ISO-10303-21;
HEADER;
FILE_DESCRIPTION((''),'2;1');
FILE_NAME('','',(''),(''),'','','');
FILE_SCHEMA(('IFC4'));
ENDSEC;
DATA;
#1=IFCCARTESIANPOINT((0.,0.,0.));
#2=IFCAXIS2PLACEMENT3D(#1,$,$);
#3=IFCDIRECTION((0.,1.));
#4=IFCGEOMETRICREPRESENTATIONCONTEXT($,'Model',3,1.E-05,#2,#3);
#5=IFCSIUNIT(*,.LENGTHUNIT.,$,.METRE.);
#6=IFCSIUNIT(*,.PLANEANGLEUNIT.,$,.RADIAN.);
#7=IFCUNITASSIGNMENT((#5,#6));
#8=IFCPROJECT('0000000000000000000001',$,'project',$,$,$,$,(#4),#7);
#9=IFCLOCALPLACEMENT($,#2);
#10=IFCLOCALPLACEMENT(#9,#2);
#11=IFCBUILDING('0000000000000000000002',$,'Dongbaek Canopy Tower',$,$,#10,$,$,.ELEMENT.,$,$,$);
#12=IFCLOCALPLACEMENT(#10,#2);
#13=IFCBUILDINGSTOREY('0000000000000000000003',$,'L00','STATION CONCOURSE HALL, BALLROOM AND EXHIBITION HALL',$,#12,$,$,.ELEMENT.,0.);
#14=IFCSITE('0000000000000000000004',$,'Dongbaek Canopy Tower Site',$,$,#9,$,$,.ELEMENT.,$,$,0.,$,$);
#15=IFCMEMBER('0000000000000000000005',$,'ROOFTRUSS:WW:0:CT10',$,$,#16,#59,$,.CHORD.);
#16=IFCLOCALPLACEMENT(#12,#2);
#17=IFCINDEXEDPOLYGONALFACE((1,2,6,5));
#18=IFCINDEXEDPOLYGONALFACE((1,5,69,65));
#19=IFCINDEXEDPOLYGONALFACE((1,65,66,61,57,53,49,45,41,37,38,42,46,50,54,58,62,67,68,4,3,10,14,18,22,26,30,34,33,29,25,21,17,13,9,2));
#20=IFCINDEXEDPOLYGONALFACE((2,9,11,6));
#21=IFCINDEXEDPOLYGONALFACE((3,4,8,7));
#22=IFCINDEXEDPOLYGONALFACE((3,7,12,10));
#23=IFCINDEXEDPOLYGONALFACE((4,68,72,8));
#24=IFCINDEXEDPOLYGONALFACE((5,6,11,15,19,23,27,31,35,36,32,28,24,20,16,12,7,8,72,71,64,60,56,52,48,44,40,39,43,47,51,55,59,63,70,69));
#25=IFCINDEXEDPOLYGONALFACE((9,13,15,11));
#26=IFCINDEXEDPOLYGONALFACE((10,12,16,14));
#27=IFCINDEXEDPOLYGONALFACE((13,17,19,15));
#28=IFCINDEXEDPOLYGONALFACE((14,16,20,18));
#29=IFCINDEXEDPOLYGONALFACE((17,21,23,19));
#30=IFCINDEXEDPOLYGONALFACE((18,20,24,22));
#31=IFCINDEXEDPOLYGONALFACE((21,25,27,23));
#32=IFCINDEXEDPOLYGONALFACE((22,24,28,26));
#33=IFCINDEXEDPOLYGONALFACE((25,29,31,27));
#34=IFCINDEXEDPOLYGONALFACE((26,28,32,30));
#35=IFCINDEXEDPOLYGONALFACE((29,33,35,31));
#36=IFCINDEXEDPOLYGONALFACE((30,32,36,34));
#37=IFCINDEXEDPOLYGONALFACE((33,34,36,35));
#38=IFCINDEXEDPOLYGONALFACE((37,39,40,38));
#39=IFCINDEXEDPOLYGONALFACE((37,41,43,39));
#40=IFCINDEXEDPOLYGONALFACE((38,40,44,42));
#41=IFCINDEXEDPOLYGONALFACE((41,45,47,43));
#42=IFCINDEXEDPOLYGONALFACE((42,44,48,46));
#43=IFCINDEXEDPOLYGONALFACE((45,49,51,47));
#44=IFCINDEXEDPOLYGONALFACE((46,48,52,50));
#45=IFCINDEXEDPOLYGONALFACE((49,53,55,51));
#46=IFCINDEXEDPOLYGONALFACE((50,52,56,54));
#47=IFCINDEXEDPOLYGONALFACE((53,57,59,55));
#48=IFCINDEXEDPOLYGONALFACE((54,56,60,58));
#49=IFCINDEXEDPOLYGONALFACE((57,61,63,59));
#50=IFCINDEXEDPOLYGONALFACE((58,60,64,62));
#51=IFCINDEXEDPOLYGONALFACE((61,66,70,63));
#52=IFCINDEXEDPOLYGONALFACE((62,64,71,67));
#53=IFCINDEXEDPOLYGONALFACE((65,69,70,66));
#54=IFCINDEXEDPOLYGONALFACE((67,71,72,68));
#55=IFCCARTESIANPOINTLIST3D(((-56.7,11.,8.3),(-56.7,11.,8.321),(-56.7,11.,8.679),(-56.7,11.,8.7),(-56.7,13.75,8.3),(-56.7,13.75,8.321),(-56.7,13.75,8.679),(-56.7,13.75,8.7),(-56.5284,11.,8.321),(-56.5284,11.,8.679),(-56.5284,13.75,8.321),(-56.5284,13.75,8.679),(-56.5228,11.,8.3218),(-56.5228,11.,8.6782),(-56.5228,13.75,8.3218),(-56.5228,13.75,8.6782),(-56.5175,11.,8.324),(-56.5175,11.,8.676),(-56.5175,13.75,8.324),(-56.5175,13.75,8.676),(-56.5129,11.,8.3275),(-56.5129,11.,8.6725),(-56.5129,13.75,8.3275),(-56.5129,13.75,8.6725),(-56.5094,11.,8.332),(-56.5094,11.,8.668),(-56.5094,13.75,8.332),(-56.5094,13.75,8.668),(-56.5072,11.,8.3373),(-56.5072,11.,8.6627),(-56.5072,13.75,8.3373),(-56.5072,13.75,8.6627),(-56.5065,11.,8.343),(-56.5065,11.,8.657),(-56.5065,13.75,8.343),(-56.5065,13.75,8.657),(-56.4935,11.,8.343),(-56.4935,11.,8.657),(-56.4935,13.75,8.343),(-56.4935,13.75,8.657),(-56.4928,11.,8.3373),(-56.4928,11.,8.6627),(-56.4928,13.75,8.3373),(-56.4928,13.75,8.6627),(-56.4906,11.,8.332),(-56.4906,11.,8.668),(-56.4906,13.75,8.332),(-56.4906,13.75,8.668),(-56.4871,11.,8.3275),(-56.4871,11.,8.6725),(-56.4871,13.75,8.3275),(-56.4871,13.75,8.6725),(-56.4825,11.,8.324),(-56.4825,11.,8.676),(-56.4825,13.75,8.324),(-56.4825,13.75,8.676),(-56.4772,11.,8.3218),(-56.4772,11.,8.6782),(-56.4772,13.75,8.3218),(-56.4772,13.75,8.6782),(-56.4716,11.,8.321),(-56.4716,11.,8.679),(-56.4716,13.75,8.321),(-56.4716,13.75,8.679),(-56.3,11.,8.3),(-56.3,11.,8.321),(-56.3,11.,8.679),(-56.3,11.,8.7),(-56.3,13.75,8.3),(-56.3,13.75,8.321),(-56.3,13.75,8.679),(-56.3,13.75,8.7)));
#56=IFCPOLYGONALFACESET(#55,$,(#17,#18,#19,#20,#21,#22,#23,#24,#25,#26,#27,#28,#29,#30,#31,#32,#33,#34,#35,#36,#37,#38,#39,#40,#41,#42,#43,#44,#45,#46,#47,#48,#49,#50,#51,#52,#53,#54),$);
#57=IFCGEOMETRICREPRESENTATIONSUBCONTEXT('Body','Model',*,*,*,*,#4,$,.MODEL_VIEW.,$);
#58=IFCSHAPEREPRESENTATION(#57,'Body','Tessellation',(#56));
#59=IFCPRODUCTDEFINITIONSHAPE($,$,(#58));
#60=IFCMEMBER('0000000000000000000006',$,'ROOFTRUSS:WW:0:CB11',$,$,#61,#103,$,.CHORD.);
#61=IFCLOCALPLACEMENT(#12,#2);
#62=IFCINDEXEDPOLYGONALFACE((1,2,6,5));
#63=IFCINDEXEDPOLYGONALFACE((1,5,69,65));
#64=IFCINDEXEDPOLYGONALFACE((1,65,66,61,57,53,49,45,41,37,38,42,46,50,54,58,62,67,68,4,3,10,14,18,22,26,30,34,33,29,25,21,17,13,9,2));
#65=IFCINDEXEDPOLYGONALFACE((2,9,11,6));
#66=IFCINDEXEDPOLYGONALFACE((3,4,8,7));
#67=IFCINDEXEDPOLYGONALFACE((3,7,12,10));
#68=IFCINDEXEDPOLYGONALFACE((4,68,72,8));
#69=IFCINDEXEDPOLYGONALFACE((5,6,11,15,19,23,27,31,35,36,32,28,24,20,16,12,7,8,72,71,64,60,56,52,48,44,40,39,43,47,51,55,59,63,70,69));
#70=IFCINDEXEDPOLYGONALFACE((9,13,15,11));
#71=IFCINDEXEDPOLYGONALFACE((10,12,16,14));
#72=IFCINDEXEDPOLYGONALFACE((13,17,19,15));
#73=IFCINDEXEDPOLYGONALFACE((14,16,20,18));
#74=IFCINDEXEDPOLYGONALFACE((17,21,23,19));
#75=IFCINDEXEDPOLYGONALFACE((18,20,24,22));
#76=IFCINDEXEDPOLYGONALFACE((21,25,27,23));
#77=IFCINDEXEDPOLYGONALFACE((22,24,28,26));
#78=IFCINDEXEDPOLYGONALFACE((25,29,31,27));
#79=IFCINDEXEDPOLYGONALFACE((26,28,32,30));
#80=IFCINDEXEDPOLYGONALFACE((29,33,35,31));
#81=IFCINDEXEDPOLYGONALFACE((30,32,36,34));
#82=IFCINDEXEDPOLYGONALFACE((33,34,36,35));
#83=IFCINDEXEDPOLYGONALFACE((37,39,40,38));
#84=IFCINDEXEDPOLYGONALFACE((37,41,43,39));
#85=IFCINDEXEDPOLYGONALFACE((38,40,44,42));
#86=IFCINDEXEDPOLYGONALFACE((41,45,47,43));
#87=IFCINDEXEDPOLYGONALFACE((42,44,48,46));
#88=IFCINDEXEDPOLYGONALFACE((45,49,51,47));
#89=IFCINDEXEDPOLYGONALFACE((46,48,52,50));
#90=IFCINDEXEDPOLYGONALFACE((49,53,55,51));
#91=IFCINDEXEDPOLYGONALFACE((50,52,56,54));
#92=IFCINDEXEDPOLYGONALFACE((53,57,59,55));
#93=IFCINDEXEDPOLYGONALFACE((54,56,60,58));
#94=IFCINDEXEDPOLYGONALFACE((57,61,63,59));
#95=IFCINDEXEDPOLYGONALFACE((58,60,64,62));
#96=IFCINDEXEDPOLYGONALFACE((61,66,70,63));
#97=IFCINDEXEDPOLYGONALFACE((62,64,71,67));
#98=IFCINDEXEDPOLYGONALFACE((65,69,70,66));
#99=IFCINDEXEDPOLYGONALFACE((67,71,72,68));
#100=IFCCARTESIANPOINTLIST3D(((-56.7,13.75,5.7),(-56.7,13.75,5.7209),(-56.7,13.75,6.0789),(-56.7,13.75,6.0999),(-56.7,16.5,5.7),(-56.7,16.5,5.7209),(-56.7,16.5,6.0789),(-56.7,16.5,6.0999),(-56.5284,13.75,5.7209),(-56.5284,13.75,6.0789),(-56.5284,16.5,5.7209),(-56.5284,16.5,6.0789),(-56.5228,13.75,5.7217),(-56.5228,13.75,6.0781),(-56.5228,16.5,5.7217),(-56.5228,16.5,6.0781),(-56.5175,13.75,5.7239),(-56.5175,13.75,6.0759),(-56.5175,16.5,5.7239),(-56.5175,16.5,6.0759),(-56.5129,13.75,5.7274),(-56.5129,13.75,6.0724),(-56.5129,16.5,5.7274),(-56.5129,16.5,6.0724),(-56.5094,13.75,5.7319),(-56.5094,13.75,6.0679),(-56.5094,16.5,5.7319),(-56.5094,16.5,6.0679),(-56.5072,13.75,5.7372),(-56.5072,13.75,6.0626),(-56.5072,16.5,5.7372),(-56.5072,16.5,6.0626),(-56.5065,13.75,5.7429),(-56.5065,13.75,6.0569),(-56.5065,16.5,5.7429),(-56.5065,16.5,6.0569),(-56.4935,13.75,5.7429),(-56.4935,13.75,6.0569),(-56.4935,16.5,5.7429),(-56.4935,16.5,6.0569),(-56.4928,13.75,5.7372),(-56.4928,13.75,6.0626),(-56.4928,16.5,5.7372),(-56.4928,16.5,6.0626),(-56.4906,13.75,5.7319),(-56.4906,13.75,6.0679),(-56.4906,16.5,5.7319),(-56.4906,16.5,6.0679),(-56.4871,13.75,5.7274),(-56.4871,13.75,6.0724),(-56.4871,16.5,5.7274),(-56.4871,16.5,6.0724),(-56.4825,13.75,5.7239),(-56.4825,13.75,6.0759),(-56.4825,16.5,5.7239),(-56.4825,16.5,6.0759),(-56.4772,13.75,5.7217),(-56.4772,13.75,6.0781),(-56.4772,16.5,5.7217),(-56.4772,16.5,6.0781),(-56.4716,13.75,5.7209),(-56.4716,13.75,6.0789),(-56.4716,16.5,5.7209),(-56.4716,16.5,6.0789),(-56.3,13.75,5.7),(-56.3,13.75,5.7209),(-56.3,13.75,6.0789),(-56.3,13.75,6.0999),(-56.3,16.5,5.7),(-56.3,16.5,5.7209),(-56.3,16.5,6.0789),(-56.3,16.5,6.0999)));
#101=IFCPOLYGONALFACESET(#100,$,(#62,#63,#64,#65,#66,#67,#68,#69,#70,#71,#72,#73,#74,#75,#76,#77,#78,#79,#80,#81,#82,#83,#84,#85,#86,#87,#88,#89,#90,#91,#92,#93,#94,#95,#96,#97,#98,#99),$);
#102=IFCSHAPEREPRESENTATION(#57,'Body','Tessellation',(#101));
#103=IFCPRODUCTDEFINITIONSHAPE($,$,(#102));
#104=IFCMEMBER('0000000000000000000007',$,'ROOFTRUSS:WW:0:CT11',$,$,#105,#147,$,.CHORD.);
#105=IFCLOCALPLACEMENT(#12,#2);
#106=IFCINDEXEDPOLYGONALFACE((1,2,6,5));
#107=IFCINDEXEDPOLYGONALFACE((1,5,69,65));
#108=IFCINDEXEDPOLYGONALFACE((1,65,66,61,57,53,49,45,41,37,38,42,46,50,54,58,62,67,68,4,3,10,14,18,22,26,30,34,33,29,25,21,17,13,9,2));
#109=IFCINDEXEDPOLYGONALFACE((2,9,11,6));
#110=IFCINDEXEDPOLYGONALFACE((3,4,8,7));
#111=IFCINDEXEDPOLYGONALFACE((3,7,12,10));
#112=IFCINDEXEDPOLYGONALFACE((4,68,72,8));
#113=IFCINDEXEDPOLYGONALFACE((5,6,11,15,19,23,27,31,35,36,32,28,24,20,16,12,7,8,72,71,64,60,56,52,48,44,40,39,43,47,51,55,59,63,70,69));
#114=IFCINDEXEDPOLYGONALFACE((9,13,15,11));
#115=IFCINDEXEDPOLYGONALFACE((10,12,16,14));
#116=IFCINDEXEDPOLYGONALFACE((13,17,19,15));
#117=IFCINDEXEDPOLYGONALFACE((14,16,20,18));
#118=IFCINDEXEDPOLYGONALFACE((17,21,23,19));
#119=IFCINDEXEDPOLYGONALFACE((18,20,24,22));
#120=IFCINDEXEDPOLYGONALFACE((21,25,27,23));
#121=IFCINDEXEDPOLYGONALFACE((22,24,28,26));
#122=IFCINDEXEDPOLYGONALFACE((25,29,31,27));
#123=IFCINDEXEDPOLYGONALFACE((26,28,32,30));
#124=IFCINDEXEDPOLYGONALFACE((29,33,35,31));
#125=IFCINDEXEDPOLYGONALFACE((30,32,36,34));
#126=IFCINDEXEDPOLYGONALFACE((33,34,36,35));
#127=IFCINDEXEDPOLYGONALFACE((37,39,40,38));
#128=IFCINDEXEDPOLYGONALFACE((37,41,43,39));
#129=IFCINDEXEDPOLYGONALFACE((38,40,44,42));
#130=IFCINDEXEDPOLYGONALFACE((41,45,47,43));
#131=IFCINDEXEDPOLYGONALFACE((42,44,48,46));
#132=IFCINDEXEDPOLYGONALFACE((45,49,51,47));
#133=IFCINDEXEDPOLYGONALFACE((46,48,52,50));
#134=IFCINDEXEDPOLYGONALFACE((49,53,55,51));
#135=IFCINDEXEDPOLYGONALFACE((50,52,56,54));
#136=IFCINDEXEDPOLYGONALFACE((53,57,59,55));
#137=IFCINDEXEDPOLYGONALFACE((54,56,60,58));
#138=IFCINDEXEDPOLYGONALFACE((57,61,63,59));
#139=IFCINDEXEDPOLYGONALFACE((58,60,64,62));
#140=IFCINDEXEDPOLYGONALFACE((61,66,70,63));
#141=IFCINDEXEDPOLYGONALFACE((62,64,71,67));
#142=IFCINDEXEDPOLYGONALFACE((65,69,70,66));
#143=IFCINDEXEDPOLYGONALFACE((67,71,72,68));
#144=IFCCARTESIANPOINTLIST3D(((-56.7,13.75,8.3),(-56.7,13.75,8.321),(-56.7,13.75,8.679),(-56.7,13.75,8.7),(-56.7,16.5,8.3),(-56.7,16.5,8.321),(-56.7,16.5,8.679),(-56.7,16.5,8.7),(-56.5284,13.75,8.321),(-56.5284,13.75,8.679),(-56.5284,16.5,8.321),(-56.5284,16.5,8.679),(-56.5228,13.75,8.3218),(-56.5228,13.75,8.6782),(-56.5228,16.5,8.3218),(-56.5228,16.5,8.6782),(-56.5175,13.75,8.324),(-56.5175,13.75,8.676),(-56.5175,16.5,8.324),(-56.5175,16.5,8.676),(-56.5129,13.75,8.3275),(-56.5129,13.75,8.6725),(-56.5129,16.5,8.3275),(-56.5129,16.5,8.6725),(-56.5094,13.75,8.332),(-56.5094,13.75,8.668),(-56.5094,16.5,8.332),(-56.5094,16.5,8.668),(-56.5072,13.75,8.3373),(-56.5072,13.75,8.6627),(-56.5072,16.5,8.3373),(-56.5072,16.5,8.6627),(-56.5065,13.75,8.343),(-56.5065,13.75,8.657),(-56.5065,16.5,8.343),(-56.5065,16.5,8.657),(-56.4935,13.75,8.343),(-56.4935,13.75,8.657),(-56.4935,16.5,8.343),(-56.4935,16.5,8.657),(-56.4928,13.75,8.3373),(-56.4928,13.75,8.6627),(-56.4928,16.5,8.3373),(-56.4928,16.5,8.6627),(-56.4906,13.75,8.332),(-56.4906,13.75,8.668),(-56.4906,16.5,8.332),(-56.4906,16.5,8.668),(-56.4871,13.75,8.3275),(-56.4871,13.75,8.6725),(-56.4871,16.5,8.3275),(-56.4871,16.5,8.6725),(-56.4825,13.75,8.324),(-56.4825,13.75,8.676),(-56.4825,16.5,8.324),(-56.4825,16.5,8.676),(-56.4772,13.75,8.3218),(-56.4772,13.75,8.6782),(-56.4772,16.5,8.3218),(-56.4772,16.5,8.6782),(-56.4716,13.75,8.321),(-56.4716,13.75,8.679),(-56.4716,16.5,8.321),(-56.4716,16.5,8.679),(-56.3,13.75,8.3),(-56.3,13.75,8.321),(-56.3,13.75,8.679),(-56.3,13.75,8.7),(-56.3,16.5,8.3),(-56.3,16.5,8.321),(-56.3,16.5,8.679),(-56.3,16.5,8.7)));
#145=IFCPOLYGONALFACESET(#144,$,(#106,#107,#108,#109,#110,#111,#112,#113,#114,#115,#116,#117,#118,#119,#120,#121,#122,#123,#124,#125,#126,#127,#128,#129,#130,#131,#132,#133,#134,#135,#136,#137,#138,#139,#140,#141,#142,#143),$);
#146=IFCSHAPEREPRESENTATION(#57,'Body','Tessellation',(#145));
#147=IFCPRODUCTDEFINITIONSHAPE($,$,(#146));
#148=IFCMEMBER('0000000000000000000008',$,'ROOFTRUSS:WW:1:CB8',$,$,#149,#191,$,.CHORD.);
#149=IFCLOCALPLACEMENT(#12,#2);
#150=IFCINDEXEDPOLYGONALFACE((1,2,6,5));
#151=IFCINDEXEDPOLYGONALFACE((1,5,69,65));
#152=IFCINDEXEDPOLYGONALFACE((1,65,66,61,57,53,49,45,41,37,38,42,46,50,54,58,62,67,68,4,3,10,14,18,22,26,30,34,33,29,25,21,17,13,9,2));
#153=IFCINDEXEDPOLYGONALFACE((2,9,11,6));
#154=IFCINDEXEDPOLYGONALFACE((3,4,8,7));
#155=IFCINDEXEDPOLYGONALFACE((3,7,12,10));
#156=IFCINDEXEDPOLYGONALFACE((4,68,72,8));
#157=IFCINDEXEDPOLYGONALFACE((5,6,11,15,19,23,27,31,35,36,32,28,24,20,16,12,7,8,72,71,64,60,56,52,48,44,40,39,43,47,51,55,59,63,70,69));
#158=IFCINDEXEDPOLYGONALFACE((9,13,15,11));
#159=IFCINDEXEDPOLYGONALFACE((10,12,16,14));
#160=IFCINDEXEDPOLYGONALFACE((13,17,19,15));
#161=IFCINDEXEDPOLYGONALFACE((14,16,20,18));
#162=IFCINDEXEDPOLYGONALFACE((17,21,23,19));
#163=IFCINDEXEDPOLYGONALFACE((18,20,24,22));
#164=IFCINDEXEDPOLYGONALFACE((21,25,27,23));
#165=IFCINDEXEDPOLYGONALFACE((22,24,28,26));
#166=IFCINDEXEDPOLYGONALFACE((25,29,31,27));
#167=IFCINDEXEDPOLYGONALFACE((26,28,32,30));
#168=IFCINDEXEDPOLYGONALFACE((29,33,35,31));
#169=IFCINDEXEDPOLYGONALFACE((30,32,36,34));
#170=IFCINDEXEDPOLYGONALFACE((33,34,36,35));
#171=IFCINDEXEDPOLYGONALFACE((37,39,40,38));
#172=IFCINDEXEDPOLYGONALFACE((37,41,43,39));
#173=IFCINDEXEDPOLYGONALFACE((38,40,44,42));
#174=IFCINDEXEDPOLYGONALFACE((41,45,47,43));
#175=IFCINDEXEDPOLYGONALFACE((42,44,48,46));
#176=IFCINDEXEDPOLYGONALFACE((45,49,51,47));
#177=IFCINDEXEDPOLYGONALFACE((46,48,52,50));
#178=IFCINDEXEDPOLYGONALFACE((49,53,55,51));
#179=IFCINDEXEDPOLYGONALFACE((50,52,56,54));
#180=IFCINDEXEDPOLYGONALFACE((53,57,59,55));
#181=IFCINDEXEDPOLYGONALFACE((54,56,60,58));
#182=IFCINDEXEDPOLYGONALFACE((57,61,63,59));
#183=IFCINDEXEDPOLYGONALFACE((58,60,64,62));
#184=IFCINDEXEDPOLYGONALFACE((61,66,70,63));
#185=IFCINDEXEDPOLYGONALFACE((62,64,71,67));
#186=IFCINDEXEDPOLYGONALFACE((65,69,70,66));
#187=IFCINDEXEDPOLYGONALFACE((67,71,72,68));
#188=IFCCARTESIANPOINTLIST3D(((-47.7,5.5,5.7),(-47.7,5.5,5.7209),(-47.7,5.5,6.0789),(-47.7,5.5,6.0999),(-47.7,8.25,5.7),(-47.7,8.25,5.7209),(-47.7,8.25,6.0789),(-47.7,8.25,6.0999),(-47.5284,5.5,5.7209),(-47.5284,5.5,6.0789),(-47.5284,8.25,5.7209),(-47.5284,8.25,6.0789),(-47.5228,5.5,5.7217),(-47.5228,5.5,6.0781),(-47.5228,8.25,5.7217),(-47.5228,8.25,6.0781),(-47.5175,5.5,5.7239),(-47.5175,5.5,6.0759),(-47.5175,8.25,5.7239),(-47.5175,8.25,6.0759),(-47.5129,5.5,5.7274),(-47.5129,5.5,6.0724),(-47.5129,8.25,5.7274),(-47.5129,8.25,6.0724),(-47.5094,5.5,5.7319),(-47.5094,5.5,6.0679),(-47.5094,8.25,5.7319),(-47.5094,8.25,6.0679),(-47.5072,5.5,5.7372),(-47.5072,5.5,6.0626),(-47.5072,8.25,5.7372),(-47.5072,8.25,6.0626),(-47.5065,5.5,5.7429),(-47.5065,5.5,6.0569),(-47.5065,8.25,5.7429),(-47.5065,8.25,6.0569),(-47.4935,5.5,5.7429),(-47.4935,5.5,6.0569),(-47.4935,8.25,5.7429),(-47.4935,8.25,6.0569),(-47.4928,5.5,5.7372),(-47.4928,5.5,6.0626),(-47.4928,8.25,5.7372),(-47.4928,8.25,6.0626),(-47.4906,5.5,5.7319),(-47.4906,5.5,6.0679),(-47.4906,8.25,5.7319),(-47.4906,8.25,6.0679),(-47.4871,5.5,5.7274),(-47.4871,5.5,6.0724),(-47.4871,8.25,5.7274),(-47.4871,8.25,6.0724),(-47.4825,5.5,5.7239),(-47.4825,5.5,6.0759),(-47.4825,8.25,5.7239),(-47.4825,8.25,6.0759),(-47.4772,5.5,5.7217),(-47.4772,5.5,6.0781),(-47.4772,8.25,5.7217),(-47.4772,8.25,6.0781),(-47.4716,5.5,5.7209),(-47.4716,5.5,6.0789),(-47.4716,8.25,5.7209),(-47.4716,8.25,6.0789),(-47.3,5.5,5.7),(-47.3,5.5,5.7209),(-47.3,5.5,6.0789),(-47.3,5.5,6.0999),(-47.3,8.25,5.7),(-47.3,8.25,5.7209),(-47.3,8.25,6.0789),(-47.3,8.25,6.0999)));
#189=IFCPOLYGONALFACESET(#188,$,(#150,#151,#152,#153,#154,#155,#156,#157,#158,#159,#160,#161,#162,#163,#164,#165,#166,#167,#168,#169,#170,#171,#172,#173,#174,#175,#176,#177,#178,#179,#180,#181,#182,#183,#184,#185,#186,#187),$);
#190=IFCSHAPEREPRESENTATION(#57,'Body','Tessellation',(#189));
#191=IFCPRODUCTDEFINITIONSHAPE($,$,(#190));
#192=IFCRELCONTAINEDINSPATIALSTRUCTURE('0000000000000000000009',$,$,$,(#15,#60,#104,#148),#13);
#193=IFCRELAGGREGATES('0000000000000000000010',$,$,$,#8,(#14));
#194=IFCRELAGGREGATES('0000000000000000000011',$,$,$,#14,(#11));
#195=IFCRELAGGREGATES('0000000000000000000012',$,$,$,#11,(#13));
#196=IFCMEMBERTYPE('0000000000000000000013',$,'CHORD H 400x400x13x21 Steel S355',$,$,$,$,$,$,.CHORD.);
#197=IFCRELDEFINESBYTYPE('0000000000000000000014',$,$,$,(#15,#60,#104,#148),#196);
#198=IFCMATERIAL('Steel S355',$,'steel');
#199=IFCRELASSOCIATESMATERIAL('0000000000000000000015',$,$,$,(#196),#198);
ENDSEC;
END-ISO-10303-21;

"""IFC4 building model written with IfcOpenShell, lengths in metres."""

from ifc_helpers import new_model, si_unit, direction, frame, origin, origin_2d, place, context, subcontext, project, spatial, i_section, extrude, material, material_profile, profile_set, type_object, element, save


model = new_model("IFC4")

# Units and contexts
model_context = context("Model", 3, precision=1e-05, world=origin(), true_north=direction((0.0, 1.0)))
body_context = subcontext(model_context, "Body", "Model", "MODEL_VIEW")
ifc_project = project(units=[si_unit("LENGTHUNIT", "METRE"), si_unit("PLANEANGLEUNIT", "RADIAN")], contexts=[model_context])

# Site, building, storey
site_placement = place(None, origin())
site = spatial("IfcSite", under=ifc_project, at=site_placement, Name="Dongbaek Canopy Tower Site", CompositionType="ELEMENT", RefElevation=0.0)
building_placement = place(site_placement, origin())
building = spatial("IfcBuilding", under=site, at=building_placement, Name="Dongbaek Canopy Tower", CompositionType="ELEMENT")
storey_placement = place(building_placement, origin())
storey = spatial("IfcBuildingStorey", under=building, at=storey_placement, Name="L00", Description="STATION CONCOURSE HALL, BALLROOM AND EXHIBITION HALL", CompositionType="ELEMENT", Elevation=0.0)

# Members
ifc_material_1 = material(Name="Steel S355", Category="steel")
ifc_material_profile_1 = material_profile(ifc_material_1, i_section(OverallWidth=0.3999, OverallDepth=0.3999, WebThickness=0.0129, FlangeThickness=0.021, FilletRadius=0.022, at=origin_2d()), Name="CHORD H 400x400x13x21 Steel S355")
ifc_profile_set_1 = profile_set([ifc_material_profile_1], Name="Steel S355")
member_type_1 = type_object("IfcMemberType", Name="CHORD H 400x400x13x21 Steel S355", PredefinedType="CHORD", material=ifc_profile_set_1)
for number, where, z_axis, x_axis, name in (
    (1, (-56.5, 11.0, 8.5), (0.0, 1.0, 0.0), (-1.0, 0.0, 0.0), "ROOFTRUSS:WW:0:CT10"),
    (2, (-56.5, 13.75, 5.8999), (0.0, 1.0, 0.0), (-1.0, 0.0, 0.0), "ROOFTRUSS:WW:0:CB11"),
    (3, (-56.5, 13.75, 8.5), (0.0, 1.0, 0.0), (-1.0, 0.0, 0.0), "ROOFTRUSS:WW:0:CT11"),
    (4, (-47.5, 5.5, 5.8999), (0.0, 1.0, 0.0), (-1.0, 0.0, 0.0), "ROOFTRUSS:WW:1:CB8"),
):
    element("IfcMember", number, at=place(storey_placement, frame(where, z_axis=z_axis, x_axis=x_axis)), inside=storey, type_object=member_type_1, Name=name, PredefinedType="CHORD", context=body_context, shape_type="SweptSolid", body=[
        extrude(i_section(OverallWidth=0.3999, OverallDepth=0.3999, WebThickness=0.0129, FlangeThickness=0.021, FilletRadius=0.022, at=origin_2d()), origin(), (0.0, 0.0, 1.0), 2.75),
    ])

save(model, "model.ifc")
